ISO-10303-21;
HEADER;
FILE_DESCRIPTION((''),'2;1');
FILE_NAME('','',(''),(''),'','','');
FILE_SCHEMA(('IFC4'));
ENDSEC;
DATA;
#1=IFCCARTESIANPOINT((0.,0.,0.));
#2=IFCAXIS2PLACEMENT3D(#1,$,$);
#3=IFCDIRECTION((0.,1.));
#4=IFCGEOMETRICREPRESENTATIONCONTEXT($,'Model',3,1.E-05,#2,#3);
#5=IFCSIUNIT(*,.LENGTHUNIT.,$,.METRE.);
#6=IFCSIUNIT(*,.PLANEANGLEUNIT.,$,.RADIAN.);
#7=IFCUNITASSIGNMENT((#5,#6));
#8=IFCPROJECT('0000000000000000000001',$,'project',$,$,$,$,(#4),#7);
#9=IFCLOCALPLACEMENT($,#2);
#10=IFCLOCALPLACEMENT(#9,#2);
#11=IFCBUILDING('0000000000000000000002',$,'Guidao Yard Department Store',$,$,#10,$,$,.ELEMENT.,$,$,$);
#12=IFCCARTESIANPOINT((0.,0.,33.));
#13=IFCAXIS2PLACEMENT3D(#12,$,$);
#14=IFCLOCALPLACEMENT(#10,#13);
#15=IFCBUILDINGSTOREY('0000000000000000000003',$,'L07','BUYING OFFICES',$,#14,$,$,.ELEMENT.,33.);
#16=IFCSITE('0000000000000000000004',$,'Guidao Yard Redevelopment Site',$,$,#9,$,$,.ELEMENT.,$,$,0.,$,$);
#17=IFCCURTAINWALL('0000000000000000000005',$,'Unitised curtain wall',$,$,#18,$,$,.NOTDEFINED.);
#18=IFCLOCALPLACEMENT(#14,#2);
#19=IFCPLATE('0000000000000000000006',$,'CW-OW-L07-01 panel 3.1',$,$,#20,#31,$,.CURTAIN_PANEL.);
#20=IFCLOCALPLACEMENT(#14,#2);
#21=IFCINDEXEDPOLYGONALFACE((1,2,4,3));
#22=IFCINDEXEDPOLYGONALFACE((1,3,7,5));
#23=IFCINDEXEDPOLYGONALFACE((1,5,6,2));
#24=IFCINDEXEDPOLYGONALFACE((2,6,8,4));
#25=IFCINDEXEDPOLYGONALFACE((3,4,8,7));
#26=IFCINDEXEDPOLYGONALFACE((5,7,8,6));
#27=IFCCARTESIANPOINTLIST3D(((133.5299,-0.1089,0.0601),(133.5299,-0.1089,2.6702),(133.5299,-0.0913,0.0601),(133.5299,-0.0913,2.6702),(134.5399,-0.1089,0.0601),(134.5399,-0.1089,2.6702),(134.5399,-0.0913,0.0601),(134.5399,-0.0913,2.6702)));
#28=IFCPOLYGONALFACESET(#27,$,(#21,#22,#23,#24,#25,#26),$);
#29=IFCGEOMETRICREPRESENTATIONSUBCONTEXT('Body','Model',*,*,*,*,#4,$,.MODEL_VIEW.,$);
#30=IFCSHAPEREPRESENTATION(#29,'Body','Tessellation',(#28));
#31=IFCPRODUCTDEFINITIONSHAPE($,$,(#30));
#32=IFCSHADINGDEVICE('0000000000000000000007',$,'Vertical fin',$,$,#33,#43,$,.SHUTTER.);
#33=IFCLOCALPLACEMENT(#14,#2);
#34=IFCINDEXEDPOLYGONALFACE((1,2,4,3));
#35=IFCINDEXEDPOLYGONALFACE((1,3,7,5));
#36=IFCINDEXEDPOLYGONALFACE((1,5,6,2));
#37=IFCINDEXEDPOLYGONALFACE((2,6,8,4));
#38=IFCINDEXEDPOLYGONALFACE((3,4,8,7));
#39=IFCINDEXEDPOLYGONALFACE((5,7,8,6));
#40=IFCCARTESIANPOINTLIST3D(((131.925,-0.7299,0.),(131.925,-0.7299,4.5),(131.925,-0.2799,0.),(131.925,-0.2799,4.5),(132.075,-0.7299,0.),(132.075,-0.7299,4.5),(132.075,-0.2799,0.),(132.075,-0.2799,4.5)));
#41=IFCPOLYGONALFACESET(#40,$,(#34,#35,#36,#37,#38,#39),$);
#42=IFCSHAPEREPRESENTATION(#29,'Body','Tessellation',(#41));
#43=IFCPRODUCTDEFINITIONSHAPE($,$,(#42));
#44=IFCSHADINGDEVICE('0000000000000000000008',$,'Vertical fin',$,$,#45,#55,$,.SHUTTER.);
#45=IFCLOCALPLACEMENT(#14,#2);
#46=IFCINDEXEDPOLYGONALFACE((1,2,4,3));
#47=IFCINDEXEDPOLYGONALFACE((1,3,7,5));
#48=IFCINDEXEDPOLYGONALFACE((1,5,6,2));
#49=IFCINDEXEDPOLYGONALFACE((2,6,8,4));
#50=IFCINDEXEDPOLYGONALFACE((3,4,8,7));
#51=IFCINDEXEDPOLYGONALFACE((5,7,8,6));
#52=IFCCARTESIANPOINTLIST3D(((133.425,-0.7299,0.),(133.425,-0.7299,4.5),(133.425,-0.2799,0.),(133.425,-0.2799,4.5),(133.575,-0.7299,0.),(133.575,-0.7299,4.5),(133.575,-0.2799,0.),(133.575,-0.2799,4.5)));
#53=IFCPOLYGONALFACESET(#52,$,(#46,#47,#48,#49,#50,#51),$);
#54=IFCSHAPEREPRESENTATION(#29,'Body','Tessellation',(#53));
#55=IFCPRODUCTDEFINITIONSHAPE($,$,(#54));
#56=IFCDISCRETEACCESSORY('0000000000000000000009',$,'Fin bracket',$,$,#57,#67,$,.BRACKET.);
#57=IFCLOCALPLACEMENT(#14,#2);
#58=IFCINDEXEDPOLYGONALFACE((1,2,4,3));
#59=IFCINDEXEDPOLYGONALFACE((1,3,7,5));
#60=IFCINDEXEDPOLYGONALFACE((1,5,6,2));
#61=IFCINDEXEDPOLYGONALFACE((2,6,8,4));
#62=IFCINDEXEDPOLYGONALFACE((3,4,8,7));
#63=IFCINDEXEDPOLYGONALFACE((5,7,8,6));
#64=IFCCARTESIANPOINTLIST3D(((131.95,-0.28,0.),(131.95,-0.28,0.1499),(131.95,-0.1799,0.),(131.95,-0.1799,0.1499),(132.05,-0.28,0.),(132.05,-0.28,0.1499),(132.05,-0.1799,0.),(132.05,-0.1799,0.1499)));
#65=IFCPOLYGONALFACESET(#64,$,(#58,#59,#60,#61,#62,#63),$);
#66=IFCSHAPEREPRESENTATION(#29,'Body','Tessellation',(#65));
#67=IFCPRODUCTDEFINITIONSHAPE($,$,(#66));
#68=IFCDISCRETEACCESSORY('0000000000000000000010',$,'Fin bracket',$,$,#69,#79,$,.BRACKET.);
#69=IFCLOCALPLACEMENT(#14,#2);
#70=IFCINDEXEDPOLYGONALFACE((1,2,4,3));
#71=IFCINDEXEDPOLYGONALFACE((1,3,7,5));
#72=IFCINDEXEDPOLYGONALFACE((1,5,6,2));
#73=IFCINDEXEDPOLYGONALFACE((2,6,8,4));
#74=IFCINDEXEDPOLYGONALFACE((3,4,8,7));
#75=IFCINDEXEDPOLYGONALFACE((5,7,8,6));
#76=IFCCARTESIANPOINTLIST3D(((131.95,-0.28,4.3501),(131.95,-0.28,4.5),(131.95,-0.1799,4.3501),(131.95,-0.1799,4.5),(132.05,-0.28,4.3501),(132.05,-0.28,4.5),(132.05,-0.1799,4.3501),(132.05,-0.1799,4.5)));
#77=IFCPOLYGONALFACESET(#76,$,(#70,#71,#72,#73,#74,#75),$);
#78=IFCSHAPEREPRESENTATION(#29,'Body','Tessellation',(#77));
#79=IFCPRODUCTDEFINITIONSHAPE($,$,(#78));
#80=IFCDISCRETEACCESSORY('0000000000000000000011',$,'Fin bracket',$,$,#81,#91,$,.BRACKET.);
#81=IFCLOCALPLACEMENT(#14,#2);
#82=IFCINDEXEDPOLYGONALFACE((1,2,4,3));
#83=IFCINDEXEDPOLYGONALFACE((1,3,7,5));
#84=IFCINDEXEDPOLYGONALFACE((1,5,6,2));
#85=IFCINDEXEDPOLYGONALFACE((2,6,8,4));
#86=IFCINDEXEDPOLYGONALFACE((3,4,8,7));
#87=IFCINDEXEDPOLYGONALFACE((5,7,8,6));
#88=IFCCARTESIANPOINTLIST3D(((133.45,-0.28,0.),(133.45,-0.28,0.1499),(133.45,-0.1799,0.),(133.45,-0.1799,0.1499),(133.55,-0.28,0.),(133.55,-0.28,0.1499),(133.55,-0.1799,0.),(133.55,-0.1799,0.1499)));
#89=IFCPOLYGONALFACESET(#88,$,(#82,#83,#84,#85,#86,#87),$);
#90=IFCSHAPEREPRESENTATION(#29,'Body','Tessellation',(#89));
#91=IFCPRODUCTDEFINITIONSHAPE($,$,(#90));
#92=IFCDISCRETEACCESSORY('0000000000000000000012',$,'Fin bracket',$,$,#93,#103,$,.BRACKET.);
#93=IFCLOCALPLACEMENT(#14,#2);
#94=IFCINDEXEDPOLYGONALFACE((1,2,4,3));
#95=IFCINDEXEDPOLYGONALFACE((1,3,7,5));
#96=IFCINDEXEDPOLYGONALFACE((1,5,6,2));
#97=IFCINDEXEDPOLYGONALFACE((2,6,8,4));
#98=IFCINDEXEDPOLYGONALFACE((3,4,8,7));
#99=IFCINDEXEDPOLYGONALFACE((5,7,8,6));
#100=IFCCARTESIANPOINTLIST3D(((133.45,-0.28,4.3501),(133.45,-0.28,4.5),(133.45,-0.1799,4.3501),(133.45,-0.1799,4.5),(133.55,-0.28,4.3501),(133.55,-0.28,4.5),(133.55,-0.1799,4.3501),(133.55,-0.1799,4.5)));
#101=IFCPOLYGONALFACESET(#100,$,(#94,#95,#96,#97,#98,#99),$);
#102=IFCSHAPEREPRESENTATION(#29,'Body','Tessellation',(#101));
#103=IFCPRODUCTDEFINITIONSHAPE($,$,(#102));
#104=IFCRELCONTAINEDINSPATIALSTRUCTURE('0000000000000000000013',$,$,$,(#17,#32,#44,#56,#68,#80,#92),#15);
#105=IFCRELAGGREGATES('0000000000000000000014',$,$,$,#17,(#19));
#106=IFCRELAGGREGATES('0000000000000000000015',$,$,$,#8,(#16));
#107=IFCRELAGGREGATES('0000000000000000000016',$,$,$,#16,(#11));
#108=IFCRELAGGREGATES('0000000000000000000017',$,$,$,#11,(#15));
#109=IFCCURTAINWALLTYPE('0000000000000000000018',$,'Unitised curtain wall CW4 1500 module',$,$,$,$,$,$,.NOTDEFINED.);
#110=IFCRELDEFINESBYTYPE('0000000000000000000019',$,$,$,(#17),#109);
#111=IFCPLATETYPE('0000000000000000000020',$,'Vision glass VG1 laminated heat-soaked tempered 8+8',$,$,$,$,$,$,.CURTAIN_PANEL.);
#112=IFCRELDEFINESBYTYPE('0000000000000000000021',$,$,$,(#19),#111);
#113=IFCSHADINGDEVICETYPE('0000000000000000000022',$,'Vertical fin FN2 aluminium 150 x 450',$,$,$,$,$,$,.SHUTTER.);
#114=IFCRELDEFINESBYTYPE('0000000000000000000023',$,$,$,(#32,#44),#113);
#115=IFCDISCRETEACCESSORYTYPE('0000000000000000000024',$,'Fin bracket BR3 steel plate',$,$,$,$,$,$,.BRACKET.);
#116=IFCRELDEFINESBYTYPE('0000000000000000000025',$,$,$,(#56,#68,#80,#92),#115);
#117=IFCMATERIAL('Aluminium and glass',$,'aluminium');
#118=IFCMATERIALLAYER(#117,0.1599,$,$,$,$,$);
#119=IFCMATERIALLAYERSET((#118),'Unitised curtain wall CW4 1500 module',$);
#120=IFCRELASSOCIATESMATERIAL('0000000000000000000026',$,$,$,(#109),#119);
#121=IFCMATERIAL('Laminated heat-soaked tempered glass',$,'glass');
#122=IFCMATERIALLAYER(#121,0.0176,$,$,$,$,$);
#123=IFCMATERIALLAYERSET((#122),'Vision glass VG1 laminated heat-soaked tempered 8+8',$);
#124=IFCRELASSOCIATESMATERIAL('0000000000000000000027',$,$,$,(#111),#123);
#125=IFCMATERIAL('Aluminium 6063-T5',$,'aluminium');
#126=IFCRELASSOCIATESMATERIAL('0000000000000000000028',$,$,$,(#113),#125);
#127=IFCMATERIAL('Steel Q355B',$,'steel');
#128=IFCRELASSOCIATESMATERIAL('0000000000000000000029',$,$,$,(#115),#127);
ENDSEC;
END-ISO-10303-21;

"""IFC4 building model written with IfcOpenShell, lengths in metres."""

from ifc_helpers import new_model, si_unit, direction, frame, origin, origin_2d, place, context, subcontext, project, spatial, rectangle, extrude, material, layer, layer_set, type_object, element, aggregate, save


model = new_model("IFC4")

# Units and contexts
model_context = context("Model", 3, precision=1e-05, world=origin(), true_north=direction((0.0, 1.0)))
body_context = subcontext(model_context, "Body", "Model", "MODEL_VIEW")
ifc_project = project(units=[si_unit("LENGTHUNIT", "METRE"), si_unit("PLANEANGLEUNIT", "RADIAN")], contexts=[model_context])

# Site, building, storey
site_placement = place(None, origin())
site = spatial("IfcSite", under=ifc_project, at=site_placement, Name="Guidao Yard Redevelopment Site", CompositionType="ELEMENT", RefElevation=0.0)
building_placement = place(site_placement, origin())
building = spatial("IfcBuilding", under=site, at=building_placement, Name="Guidao Yard Department Store", CompositionType="ELEMENT")
storey_placement = place(building_placement, frame((0.0, 0.0, 33.0)))
storey = spatial("IfcBuildingStorey", under=building, at=storey_placement, Name="L07", Description="BUYING OFFICES", CompositionType="ELEMENT", Elevation=33.0)

# Curtain wall, plate
ifc_material_1 = material(Name="Aluminium and glass", Category="aluminium")
ifc_layer_1 = layer(ifc_material_1, 0.1599)
ifc_layer_set_1 = layer_set([ifc_layer_1], Name="Unitised curtain wall CW4 1500 module")
curtain_wall_type = type_object("IfcCurtainWallType", Name="Unitised curtain wall CW4 1500 module", PredefinedType="NOTDEFINED", material=ifc_layer_set_1)
curtain_wall_placement = place(storey_placement, origin())
curtain_wall = element("IfcCurtainWall", 1, at=curtain_wall_placement, inside=storey, type_object=curtain_wall_type, Name="Unitised curtain wall", PredefinedType="NOTDEFINED")
ifc_material_2 = material(Name="Laminated heat-soaked tempered glass", Category="glass")
ifc_layer_2 = layer(ifc_material_2, 0.0176)
ifc_layer_set_2 = layer_set([ifc_layer_2], Name="Vision glass VG1 laminated heat-soaked tempered 8+8")
plate_type_1 = type_object("IfcPlateType", Name="Vision glass VG1 laminated heat-soaked tempered 8+8", PredefinedType="CURTAIN_PANEL", material=ifc_layer_set_2)
plate_1_placement = place(storey_placement, frame((134.0349, -0.1001, 0.0601), z_axis=(0.0, 0.0, 1.0), x_axis=(-1.0, 0.0, 0.0)))
plate_1 = element("IfcPlate", 2, at=plate_1_placement, type_object=plate_type_1, Name="CW-OW-L07-01 panel 3.1", PredefinedType="CURTAIN_PANEL", context=body_context, shape_type="SweptSolid", body=[
    extrude(rectangle(XDim=1.01, YDim=0.0176, at=origin_2d()), origin(), (0.0, 0.0, 1.0), 2.6101),
])
aggregate(curtain_wall, [plate_1])

# Shading devices
ifc_material_3 = material(Name="Aluminium 6063-T5", Category="aluminium")
shading_device_type = type_object("IfcShadingDeviceType", Name="Vertical fin FN2 aluminium 150 x 450", PredefinedType="SHUTTER", material=ifc_material_3)
for number, where, z_axis, x_axis, name in (
    (3, (132.0, -0.5049, 0.0), (0.0, 0.0, 1.0), (-1.0, 0.0, 0.0), "Vertical fin"),
    (4, (133.5, -0.5049, 0.0), (0.0, 0.0, 1.0), (-1.0, 0.0, 0.0), "Vertical fin"),
):
    element("IfcShadingDevice", number, at=place(storey_placement, frame(where, z_axis=z_axis, x_axis=x_axis)), inside=storey, type_object=shading_device_type, Name=name, PredefinedType="SHUTTER", context=body_context, shape_type="SweptSolid", body=[
        extrude(rectangle(XDim=0.1499, YDim=0.45, at=origin_2d()), origin(), (0.0, 0.0, 1.0), 4.5),
    ])

# Discrete accessories
ifc_material_4 = material(Name="Steel Q355B", Category="steel")
discrete_accessory_type = type_object("IfcDiscreteAccessoryType", Name="Fin bracket BR3 steel plate", PredefinedType="BRACKET", material=ifc_material_4)
for number, where, z_axis, x_axis, name in (
    (5, (132.0, -0.23, 0.0), (0.0, 0.0, 1.0), (-1.0, 0.0, 0.0), "Fin bracket"),
    (6, (132.0, -0.23, 4.3501), (0.0, 0.0, 1.0), (-1.0, 0.0, 0.0), "Fin bracket"),
    (7, (133.5, -0.23, 0.0), (0.0, 0.0, 1.0), (-1.0, 0.0, 0.0), "Fin bracket"),
    (8, (133.5, -0.23, 4.3501), (0.0, 0.0, 1.0), (-1.0, 0.0, 0.0), "Fin bracket"),
):
    element("IfcDiscreteAccessory", number, at=place(storey_placement, frame(where, z_axis=z_axis, x_axis=x_axis)), inside=storey, type_object=discrete_accessory_type, Name=name, PredefinedType="BRACKET", context=body_context, shape_type="SweptSolid", body=[
        extrude(rectangle(XDim=0.1001, YDim=0.1001, at=origin_2d()), origin(), (0.0, 0.0, 1.0), 0.1499),
    ])

save(model, "model.ifc")
